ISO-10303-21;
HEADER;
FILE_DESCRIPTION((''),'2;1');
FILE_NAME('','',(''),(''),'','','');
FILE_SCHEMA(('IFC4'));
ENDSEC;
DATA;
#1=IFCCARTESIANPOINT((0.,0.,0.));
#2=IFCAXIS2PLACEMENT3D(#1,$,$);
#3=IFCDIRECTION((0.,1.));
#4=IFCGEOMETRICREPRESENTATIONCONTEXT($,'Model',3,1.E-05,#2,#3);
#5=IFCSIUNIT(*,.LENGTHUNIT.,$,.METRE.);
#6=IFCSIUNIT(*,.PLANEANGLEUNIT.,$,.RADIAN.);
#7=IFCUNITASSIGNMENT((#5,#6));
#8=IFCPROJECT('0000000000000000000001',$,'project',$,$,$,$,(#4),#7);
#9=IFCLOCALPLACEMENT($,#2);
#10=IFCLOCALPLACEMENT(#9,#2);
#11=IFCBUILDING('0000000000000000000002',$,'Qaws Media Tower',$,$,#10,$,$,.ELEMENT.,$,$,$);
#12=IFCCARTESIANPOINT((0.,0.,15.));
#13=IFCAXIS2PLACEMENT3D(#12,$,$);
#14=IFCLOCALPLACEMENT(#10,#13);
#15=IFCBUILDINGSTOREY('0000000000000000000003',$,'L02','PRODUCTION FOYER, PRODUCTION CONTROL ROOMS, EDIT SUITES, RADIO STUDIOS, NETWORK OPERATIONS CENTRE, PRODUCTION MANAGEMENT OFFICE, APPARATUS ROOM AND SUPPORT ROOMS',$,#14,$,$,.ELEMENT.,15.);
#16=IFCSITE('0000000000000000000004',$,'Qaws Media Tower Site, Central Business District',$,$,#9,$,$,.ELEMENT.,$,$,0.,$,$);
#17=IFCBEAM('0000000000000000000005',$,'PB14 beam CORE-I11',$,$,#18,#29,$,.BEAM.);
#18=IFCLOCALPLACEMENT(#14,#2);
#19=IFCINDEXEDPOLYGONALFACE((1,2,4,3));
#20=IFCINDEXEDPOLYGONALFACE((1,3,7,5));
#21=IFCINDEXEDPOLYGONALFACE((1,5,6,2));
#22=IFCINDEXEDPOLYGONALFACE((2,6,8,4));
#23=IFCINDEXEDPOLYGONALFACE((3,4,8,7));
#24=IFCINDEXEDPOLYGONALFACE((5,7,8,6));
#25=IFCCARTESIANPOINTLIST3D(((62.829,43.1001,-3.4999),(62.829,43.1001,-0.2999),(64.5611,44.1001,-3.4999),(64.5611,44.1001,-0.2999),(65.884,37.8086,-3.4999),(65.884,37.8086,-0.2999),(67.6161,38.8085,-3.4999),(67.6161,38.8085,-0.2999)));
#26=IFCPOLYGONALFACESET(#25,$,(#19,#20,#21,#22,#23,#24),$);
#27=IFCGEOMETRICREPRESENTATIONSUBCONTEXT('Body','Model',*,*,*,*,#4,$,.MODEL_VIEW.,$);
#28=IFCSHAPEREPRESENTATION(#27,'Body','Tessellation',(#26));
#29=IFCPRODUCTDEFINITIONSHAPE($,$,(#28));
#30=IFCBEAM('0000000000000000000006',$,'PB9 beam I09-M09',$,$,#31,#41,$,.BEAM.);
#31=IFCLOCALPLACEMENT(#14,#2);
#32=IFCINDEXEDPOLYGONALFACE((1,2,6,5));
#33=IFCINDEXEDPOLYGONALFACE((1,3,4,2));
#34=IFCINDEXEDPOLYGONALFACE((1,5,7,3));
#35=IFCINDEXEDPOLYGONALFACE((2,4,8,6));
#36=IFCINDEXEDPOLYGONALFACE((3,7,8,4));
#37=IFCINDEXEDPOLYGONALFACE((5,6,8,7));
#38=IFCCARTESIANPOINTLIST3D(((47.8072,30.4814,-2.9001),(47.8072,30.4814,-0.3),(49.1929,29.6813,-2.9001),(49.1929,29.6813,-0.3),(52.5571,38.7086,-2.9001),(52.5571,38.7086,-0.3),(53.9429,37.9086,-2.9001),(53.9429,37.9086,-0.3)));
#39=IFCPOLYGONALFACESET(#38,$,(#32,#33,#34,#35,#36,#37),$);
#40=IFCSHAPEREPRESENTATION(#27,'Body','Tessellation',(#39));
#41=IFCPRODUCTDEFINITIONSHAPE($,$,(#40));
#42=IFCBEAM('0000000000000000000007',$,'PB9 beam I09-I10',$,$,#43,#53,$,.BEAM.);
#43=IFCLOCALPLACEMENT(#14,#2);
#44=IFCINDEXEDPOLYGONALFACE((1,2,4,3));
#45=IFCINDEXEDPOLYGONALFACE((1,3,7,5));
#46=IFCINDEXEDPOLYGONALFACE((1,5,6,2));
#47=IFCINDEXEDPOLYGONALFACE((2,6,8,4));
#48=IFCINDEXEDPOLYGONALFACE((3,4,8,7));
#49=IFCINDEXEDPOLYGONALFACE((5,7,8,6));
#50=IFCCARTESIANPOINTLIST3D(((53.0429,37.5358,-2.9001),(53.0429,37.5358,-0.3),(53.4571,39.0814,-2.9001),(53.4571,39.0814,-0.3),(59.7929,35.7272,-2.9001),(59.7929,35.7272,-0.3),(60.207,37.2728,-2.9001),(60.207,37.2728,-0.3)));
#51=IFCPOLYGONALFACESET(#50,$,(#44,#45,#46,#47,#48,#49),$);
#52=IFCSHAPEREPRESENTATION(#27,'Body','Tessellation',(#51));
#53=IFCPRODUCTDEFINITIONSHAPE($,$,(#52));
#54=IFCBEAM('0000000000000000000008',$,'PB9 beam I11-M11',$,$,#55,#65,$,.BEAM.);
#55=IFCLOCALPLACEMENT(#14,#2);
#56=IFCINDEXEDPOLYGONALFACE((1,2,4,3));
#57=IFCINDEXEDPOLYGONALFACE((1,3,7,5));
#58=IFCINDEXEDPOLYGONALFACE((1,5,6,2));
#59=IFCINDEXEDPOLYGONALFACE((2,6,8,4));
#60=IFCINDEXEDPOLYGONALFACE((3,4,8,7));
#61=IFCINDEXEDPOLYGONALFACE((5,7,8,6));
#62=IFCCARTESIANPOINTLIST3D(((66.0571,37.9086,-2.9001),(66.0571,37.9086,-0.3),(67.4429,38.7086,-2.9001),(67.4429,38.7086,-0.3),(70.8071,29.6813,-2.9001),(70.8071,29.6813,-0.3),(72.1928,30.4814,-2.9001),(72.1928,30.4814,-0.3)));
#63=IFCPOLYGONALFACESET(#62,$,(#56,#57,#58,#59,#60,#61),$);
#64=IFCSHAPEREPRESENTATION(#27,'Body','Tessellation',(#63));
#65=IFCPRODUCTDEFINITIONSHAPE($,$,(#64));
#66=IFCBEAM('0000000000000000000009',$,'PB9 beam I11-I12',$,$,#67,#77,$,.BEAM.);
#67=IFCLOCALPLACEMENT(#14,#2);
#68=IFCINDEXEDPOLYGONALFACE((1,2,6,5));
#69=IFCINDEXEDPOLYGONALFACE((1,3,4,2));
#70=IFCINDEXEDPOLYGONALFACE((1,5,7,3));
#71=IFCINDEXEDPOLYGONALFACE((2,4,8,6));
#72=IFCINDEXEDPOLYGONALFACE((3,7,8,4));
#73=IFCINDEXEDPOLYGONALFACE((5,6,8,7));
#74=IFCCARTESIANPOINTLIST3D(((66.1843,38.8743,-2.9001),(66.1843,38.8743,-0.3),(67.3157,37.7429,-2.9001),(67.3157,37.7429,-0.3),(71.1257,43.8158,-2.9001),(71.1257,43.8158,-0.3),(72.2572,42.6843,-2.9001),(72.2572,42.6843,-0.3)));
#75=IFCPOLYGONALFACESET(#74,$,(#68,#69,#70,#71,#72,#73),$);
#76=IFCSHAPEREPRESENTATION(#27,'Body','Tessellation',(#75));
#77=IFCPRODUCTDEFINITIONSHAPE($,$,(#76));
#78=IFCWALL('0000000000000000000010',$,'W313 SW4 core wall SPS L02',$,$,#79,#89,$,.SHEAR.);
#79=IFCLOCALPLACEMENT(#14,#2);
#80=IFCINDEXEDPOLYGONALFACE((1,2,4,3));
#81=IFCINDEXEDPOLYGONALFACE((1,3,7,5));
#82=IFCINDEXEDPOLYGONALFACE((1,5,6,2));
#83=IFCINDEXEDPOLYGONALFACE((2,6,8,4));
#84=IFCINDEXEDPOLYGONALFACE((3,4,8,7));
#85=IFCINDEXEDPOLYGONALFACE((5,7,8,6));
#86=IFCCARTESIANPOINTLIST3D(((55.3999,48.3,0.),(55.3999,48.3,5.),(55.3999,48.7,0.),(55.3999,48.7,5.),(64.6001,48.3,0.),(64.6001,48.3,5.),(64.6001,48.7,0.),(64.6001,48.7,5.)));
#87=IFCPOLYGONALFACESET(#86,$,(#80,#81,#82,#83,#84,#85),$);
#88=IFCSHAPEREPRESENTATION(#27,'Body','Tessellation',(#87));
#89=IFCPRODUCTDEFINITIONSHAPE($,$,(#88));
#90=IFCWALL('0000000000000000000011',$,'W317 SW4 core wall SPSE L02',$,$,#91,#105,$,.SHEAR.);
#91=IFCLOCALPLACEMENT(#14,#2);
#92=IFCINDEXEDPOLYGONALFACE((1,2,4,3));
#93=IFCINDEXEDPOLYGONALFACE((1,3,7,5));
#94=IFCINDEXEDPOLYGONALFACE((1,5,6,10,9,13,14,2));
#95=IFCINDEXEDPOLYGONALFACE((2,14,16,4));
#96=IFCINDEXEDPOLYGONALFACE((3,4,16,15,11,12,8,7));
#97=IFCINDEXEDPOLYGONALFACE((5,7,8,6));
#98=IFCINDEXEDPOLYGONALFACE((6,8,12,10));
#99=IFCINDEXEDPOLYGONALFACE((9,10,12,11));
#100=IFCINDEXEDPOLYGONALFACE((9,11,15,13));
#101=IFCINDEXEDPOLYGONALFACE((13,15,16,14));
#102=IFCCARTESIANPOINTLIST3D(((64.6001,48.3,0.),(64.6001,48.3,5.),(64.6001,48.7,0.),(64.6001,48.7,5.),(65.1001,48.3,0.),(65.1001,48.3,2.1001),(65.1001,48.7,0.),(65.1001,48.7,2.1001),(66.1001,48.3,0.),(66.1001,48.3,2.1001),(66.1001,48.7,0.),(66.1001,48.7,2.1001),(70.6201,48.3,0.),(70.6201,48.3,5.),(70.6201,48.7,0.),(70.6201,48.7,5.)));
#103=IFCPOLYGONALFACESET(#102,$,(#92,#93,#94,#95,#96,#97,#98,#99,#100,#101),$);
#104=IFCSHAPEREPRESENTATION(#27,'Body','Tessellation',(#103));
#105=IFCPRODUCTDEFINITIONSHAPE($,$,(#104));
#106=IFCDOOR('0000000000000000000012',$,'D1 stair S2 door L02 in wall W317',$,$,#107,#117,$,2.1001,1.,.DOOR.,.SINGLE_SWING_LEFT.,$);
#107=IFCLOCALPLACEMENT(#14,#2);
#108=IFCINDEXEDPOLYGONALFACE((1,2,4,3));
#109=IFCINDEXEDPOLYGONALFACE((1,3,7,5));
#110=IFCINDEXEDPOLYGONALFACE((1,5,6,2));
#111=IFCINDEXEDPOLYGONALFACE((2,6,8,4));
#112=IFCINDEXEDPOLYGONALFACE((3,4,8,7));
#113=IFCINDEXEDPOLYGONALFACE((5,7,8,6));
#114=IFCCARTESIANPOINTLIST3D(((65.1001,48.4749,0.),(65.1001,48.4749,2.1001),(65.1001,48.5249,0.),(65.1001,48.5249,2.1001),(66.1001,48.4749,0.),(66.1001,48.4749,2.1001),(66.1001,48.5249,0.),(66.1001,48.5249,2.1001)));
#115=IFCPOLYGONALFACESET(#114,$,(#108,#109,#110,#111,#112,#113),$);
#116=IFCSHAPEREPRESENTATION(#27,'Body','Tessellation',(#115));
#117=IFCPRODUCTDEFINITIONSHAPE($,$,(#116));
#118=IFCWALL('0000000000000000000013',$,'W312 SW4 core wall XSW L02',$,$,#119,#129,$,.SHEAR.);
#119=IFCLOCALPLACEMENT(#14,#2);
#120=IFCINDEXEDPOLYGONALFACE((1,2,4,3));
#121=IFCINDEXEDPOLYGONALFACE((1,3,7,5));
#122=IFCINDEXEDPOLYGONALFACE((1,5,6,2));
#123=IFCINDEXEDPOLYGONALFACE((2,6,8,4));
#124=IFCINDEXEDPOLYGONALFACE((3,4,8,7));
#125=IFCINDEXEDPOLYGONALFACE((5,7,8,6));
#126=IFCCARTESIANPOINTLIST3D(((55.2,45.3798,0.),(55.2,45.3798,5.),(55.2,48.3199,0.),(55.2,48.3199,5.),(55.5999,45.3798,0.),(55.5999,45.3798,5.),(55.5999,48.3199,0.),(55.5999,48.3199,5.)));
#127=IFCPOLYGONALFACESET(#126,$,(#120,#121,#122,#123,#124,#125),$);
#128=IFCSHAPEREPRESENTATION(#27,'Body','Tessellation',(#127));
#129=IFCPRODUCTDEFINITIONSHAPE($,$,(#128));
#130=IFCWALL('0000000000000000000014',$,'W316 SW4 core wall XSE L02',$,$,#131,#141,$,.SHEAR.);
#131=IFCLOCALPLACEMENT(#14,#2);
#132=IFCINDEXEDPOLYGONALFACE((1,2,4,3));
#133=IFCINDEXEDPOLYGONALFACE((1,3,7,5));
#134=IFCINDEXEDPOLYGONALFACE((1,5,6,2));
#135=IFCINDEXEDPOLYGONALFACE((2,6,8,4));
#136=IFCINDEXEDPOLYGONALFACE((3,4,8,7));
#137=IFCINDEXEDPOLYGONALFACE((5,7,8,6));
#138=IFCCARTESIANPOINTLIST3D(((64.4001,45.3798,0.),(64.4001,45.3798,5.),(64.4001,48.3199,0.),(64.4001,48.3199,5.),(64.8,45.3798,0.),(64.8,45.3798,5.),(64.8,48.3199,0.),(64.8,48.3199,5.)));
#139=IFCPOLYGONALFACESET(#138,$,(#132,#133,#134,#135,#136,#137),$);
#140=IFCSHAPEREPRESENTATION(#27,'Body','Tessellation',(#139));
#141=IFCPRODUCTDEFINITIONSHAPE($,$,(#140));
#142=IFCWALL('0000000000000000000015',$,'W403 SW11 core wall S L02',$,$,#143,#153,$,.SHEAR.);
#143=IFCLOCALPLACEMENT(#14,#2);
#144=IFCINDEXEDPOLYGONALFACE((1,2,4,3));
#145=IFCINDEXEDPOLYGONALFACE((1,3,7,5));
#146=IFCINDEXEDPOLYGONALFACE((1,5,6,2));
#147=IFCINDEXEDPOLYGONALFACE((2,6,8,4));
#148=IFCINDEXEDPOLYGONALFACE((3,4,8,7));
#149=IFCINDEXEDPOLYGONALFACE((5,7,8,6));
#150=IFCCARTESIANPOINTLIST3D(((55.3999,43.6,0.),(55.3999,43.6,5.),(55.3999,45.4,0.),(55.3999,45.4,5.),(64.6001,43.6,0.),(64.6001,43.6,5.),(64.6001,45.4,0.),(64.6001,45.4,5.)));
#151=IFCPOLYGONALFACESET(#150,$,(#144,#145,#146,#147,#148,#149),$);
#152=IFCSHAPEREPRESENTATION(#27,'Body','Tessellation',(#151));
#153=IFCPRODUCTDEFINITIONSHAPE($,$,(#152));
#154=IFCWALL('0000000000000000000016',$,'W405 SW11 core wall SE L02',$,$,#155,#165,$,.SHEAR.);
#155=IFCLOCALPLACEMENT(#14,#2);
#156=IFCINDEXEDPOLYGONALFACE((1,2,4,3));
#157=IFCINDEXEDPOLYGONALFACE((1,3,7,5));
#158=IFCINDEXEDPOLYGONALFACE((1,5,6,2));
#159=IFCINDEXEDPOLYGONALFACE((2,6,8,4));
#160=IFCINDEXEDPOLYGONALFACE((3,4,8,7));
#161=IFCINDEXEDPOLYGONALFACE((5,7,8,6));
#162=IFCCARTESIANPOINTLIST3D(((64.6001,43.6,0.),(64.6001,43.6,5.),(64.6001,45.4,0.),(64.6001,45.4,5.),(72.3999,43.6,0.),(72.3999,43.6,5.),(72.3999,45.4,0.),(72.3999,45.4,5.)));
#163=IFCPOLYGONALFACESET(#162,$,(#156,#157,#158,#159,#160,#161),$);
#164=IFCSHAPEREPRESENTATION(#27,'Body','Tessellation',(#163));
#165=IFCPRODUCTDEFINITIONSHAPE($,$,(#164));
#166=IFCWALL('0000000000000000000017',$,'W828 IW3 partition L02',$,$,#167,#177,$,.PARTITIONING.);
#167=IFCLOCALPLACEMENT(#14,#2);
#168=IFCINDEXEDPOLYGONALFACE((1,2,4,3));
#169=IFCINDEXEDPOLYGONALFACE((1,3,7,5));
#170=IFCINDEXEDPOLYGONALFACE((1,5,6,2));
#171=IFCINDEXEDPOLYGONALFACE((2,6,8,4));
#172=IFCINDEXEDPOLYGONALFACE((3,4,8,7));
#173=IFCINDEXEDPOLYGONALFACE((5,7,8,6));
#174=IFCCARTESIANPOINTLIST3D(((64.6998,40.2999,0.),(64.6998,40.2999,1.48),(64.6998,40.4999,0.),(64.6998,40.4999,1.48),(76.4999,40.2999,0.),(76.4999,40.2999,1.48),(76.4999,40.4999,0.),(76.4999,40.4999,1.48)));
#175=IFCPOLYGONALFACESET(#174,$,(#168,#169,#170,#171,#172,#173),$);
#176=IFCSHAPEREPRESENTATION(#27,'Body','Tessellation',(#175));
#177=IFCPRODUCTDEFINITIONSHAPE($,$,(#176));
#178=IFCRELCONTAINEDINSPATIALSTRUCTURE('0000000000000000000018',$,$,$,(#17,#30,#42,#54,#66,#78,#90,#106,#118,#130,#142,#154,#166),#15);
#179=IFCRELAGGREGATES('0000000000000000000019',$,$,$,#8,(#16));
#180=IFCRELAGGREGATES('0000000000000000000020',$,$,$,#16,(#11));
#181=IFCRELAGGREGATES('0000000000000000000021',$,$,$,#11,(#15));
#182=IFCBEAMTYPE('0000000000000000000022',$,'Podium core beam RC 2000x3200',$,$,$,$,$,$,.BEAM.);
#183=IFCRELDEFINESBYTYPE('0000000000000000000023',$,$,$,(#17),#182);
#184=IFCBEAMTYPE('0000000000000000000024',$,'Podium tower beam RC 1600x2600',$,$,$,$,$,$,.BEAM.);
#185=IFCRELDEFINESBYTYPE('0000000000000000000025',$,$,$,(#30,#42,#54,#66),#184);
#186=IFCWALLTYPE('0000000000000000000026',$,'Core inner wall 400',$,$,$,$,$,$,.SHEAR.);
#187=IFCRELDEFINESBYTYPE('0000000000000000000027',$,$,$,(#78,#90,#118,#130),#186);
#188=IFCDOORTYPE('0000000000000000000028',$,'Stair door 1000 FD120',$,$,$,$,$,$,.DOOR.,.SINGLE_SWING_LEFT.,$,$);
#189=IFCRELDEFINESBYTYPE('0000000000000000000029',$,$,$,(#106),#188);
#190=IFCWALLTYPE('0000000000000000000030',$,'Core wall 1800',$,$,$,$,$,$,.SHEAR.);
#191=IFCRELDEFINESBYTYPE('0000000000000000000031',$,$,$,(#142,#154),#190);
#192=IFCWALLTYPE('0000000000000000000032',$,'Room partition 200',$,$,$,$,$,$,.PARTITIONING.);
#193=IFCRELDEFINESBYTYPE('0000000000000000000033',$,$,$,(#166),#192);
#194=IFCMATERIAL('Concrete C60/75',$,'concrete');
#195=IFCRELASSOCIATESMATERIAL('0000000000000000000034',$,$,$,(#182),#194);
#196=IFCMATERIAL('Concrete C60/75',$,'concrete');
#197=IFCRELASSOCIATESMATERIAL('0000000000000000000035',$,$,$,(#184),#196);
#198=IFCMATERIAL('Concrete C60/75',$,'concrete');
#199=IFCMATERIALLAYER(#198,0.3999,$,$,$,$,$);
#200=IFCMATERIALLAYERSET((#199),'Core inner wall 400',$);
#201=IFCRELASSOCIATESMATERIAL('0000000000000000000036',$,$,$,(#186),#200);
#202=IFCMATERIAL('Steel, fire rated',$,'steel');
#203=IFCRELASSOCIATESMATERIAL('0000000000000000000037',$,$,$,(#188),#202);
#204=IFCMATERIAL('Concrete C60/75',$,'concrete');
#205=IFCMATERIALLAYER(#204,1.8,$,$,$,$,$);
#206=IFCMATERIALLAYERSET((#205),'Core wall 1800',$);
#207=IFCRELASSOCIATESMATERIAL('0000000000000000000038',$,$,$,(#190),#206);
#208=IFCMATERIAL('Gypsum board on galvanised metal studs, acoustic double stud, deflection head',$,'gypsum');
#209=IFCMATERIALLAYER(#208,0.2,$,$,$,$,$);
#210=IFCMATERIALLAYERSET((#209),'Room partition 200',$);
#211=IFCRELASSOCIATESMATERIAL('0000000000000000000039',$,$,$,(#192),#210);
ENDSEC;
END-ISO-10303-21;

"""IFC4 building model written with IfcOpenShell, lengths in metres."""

from ifc_helpers import new_model, si_unit, direction, frame, frame_2d, origin, origin_2d, place, context, subcontext, project, spatial, rectangle, extrude, material, layer, layer_set, material_profile, profile_set, type_object, element, fill, save


model = new_model("IFC4")

# Units and contexts
model_context = context("Model", 3, precision=1e-05, world=origin(), true_north=direction((0.0, 1.0)))
body_context = subcontext(model_context, "Body", "Model", "MODEL_VIEW")
ifc_project = project(units=[si_unit("LENGTHUNIT", "METRE"), si_unit("PLANEANGLEUNIT", "RADIAN")], contexts=[model_context])

# Site, building, storey
site_placement = place(None, origin())
site = spatial("IfcSite", under=ifc_project, at=site_placement, Name="Qaws Media Tower Site, Central Business District", CompositionType="ELEMENT", RefElevation=0.0)
building_placement = place(site_placement, origin())
building = spatial("IfcBuilding", under=site, at=building_placement, Name="Qaws Media Tower", CompositionType="ELEMENT")
storey_placement = place(building_placement, frame((0.0, 0.0, 15.0)))
storey = spatial("IfcBuildingStorey", under=building, at=storey_placement, Name="L02", Description="PRODUCTION FOYER, PRODUCTION CONTROL ROOMS, EDIT SUITES, RADIO STUDIOS, NETWORK OPERATIONS CENTRE, PRODUCTION MANAGEMENT OFFICE, APPARATUS ROOM AND SUPPORT ROOMS", CompositionType="ELEMENT", Elevation=15.0)

# Beams
ifc_material_1 = material(Name="Concrete C60/75", Category="concrete")
ifc_material_profile_1 = material_profile(ifc_material_1, rectangle(XDim=2.0, YDim=3.2, at=origin_2d()), Name="RC 2000x3200")
ifc_profile_set_1 = profile_set([ifc_material_profile_1], Name="Concrete C60/75")
beam_type_1 = type_object("IfcBeamType", Name="Podium core beam RC 2000x3200", PredefinedType="BEAM", material=ifc_profile_set_1)
beam_1_placement = place(storey_placement, frame((63.6951, 43.6001, -1.8999), z_axis=(0.499985, -0.866034, 0.0), x_axis=(0.866034, 0.499985, 0.0)))
element("IfcBeam", 1, at=beam_1_placement, inside=storey, type_object=beam_type_1, Name="PB14 beam CORE-I11", PredefinedType="BEAM", context=body_context, shape_type="SweptSolid", body=[
    extrude(rectangle(XDim=2.0, YDim=3.2, at=origin_2d()), origin(), (0.0, 0.0, 1.0), 6.1101),
])
ifc_material_2 = material(Name="Concrete C60/75", Category="concrete")
ifc_material_profile_2 = material_profile(ifc_material_2, rectangle(XDim=1.6001, YDim=2.6001, at=origin_2d()), Name="RC 1600x2600")
ifc_profile_set_2 = profile_set([ifc_material_profile_2], Name="Concrete C60/75")
beam_type_2 = type_object("IfcBeamType", Name="Podium tower beam RC 1600x2600", PredefinedType="BEAM", material=ifc_profile_set_2)
beam_2_placement = place(storey_placement, frame((53.25, 38.3086, -1.6001), z_axis=(-0.499998, -0.866027, 0.0), x_axis=(0.866027, -0.499998, 0.0)))
element("IfcBeam", 2, at=beam_2_placement, inside=storey, type_object=beam_type_2, Name="PB9 beam I09-M09", PredefinedType="BEAM", context=body_context, shape_type="SweptSolid", body=[
    extrude(rectangle(XDim=1.6001, YDim=2.6001, at=origin_2d()), origin(), (0.0, 0.0, 1.0), 9.5),
])
beam_3_placement = place(storey_placement, frame((53.25, 38.3086, -1.6001), z_axis=(0.965928, -0.258811, 0.0), x_axis=(0.258811, 0.965928, 0.0)))
element("IfcBeam", 3, at=beam_3_placement, inside=storey, type_object=beam_type_2, Name="PB9 beam I09-I10", PredefinedType="BEAM", context=body_context, shape_type="SweptSolid", body=[
    extrude(rectangle(XDim=1.6001, YDim=2.6001, at=origin_2d()), origin(), (0.0, 0.0, 1.0), 6.988),
])
beam_4_placement = place(storey_placement, frame((66.75, 38.3086, -1.6001), z_axis=(0.499998, -0.866027, 0.0), x_axis=(0.866027, 0.499998, 0.0)))
element("IfcBeam", 4, at=beam_4_placement, inside=storey, type_object=beam_type_2, Name="PB9 beam I11-M11", PredefinedType="BEAM", context=body_context, shape_type="SweptSolid", body=[
    extrude(rectangle(XDim=1.6001, YDim=2.6001, at=origin_2d()), origin(), (0.0, 0.0, 1.0), 9.5),
])
beam_5_placement = place(storey_placement, frame((66.75, 38.3086, -1.6001), z_axis=(0.707107, 0.707107, 0.0), x_axis=(-0.707107, 0.707107, 0.0)))
element("IfcBeam", 5, at=beam_5_placement, inside=storey, type_object=beam_type_2, Name="PB9 beam I11-I12", PredefinedType="BEAM", context=body_context, shape_type="SweptSolid", body=[
    extrude(rectangle(XDim=1.6001, YDim=2.6001, at=origin_2d()), origin(), (0.0, 0.0, 1.0), 6.9883),
])

# Wall
ifc_material_3 = material(Name="Concrete C60/75", Category="concrete")
ifc_layer_1 = layer(ifc_material_3, 0.3999)
ifc_layer_set_1 = layer_set([ifc_layer_1], Name="Core inner wall 400")
wall_type_1 = type_object("IfcWallType", Name="Core inner wall 400", PredefinedType="SHEAR", material=ifc_layer_set_1)
wall_1_placement = place(storey_placement, frame((55.3999, 48.5, 0.0), z_axis=(0.0, 0.0, 1.0), x_axis=(1.0, 0.0, 0.0)))
element("IfcWall", 6, at=wall_1_placement, inside=storey, type_object=wall_type_1, Name="W313 SW4 core wall SPS L02", PredefinedType="SHEAR", context=body_context, shape_type="SweptSolid", body=[
    extrude(rectangle(XDim=9.2002, YDim=0.3999, at=frame_2d((4.6001, 0.0))), origin(), (0.0, 0.0, 1.0), 5.0),
])

# Wall, opening, door
wall_2_placement = place(storey_placement, frame((64.6001, 48.5, 0.0), z_axis=(0.0, 0.0, 1.0), x_axis=(1.0, 0.0, 0.0)))
wall_2 = element("IfcWall", 7, at=wall_2_placement, inside=storey, type_object=wall_type_1, Name="W317 SW4 core wall SPSE L02", PredefinedType="SHEAR", context=body_context, shape_type="SweptSolid", body=[
    extrude(rectangle(XDim=6.02, YDim=0.3999, at=frame_2d((3.01, 0.0))), origin(), (0.0, 0.0, 1.0), 5.0),
])
opening_placement = place(wall_2_placement, frame((0.5, 0.0, 0.0)))
opening = element("IfcOpeningElement", 8, at=opening_placement, cuts=wall_2, PredefinedType="OPENING", context=body_context, shape_type="SweptSolid", body=[
    extrude(rectangle(XDim=1.0, YDim=2.1001, at=frame_2d((0.5, 1.05))), frame((0.0, 0.21, 0.0), z_axis=(0.0, -1.0, 0.0), x_axis=(1.0, 0.0, 0.0)), (0.0, 0.0, 1.0), 0.4199),
])
ifc_material_4 = material(Name="Steel, fire rated", Category="steel")
door_type = type_object("IfcDoorType", Name="Stair door 1000 FD120", OperationType="SINGLE_SWING_LEFT", PredefinedType="DOOR", material=ifc_material_4)
door_placement = place(opening_placement, origin())
door = element("IfcDoor", 9, at=door_placement, inside=storey, type_object=door_type, Name="D1 stair S2 door L02 in wall W317", OperationType="SINGLE_SWING_LEFT", OverallHeight=2.1001, OverallWidth=1.0, PredefinedType="DOOR", context=body_context, shape_type="SweptSolid", body=[
    extrude(rectangle(XDim=1.0, YDim=2.1001, at=frame_2d((0.5, 1.05))), frame((0.0, 0.0249, 0.0), z_axis=(0.0, -1.0, 0.0), x_axis=(1.0, 0.0, 0.0)), (0.0, 0.0, 1.0), 0.05),
])
fill(opening, door)

# Walls
for number, where, z_axis, x_axis, name in (
    (10, (55.3999, 48.3201, 0.0), (0.0, 0.0, 1.0), (0.0, -1.0, 0.0), "W312 SW4 core wall XSW L02"),
    (11, (64.6001, 48.3201, 0.0), (0.0, 0.0, 1.0), (0.0, -1.0, 0.0), "W316 SW4 core wall XSE L02"),
):
    element("IfcWall", number, at=place(storey_placement, frame(where, z_axis=z_axis, x_axis=x_axis)), inside=storey, type_object=wall_type_1, Name=name, PredefinedType="SHEAR", context=body_context, shape_type="SweptSolid", body=[
        extrude(rectangle(XDim=2.9402, YDim=0.3999, at=frame_2d((1.4702, 0.0))), origin(), (0.0, 0.0, 1.0), 5.0),
    ])
ifc_material_5 = material(Name="Concrete C60/75", Category="concrete")
ifc_layer_2 = layer(ifc_material_5, 1.8)
ifc_layer_set_2 = layer_set([ifc_layer_2], Name="Core wall 1800")
wall_type_2 = type_object("IfcWallType", Name="Core wall 1800", PredefinedType="SHEAR", material=ifc_layer_set_2)
wall_3_placement = place(storey_placement, frame((55.3999, 44.5, 0.0), z_axis=(0.0, 0.0, 1.0), x_axis=(1.0, 0.0, 0.0)))
element("IfcWall", 12, at=wall_3_placement, inside=storey, type_object=wall_type_2, Name="W403 SW11 core wall S L02", PredefinedType="SHEAR", context=body_context, shape_type="SweptSolid", body=[
    extrude(rectangle(XDim=9.2002, YDim=1.8, at=frame_2d((4.6001, 0.0))), origin(), (0.0, 0.0, 1.0), 5.0),
])
wall_4_placement = place(storey_placement, frame((64.6001, 44.5, 0.0), z_axis=(0.0, 0.0, 1.0), x_axis=(1.0, 0.0, 0.0)))
element("IfcWall", 13, at=wall_4_placement, inside=storey, type_object=wall_type_2, Name="W405 SW11 core wall SE L02", PredefinedType="SHEAR", context=body_context, shape_type="SweptSolid", body=[
    extrude(rectangle(XDim=7.7998, YDim=1.8, at=frame_2d((3.8999, 0.0))), origin(), (0.0, 0.0, 1.0), 5.0),
])
ifc_material_6 = material(Name="Gypsum board on galvanised metal studs, acoustic double stud, deflection head", Category="gypsum")
ifc_layer_3 = layer(ifc_material_6, 0.2)
ifc_layer_set_3 = layer_set([ifc_layer_3], Name="Room partition 200")
wall_type_3 = type_object("IfcWallType", Name="Room partition 200", PredefinedType="PARTITIONING", material=ifc_layer_set_3)
wall_5_placement = place(storey_placement, frame((64.7, 40.3999, 0.0), z_axis=(0.0, 0.0, 1.0), x_axis=(1.0, 0.0, 0.0)))
element("IfcWall", 14, at=wall_5_placement, inside=storey, type_object=wall_type_3, Name="W828 IW3 partition L02", PredefinedType="PARTITIONING", context=body_context, shape_type="SweptSolid", body=[
    extrude(rectangle(XDim=11.8, YDim=0.2, at=frame_2d((5.8999, 0.0))), origin(), (0.0, 0.0, 1.0), 1.48),
])

save(model, "model.ifc")
